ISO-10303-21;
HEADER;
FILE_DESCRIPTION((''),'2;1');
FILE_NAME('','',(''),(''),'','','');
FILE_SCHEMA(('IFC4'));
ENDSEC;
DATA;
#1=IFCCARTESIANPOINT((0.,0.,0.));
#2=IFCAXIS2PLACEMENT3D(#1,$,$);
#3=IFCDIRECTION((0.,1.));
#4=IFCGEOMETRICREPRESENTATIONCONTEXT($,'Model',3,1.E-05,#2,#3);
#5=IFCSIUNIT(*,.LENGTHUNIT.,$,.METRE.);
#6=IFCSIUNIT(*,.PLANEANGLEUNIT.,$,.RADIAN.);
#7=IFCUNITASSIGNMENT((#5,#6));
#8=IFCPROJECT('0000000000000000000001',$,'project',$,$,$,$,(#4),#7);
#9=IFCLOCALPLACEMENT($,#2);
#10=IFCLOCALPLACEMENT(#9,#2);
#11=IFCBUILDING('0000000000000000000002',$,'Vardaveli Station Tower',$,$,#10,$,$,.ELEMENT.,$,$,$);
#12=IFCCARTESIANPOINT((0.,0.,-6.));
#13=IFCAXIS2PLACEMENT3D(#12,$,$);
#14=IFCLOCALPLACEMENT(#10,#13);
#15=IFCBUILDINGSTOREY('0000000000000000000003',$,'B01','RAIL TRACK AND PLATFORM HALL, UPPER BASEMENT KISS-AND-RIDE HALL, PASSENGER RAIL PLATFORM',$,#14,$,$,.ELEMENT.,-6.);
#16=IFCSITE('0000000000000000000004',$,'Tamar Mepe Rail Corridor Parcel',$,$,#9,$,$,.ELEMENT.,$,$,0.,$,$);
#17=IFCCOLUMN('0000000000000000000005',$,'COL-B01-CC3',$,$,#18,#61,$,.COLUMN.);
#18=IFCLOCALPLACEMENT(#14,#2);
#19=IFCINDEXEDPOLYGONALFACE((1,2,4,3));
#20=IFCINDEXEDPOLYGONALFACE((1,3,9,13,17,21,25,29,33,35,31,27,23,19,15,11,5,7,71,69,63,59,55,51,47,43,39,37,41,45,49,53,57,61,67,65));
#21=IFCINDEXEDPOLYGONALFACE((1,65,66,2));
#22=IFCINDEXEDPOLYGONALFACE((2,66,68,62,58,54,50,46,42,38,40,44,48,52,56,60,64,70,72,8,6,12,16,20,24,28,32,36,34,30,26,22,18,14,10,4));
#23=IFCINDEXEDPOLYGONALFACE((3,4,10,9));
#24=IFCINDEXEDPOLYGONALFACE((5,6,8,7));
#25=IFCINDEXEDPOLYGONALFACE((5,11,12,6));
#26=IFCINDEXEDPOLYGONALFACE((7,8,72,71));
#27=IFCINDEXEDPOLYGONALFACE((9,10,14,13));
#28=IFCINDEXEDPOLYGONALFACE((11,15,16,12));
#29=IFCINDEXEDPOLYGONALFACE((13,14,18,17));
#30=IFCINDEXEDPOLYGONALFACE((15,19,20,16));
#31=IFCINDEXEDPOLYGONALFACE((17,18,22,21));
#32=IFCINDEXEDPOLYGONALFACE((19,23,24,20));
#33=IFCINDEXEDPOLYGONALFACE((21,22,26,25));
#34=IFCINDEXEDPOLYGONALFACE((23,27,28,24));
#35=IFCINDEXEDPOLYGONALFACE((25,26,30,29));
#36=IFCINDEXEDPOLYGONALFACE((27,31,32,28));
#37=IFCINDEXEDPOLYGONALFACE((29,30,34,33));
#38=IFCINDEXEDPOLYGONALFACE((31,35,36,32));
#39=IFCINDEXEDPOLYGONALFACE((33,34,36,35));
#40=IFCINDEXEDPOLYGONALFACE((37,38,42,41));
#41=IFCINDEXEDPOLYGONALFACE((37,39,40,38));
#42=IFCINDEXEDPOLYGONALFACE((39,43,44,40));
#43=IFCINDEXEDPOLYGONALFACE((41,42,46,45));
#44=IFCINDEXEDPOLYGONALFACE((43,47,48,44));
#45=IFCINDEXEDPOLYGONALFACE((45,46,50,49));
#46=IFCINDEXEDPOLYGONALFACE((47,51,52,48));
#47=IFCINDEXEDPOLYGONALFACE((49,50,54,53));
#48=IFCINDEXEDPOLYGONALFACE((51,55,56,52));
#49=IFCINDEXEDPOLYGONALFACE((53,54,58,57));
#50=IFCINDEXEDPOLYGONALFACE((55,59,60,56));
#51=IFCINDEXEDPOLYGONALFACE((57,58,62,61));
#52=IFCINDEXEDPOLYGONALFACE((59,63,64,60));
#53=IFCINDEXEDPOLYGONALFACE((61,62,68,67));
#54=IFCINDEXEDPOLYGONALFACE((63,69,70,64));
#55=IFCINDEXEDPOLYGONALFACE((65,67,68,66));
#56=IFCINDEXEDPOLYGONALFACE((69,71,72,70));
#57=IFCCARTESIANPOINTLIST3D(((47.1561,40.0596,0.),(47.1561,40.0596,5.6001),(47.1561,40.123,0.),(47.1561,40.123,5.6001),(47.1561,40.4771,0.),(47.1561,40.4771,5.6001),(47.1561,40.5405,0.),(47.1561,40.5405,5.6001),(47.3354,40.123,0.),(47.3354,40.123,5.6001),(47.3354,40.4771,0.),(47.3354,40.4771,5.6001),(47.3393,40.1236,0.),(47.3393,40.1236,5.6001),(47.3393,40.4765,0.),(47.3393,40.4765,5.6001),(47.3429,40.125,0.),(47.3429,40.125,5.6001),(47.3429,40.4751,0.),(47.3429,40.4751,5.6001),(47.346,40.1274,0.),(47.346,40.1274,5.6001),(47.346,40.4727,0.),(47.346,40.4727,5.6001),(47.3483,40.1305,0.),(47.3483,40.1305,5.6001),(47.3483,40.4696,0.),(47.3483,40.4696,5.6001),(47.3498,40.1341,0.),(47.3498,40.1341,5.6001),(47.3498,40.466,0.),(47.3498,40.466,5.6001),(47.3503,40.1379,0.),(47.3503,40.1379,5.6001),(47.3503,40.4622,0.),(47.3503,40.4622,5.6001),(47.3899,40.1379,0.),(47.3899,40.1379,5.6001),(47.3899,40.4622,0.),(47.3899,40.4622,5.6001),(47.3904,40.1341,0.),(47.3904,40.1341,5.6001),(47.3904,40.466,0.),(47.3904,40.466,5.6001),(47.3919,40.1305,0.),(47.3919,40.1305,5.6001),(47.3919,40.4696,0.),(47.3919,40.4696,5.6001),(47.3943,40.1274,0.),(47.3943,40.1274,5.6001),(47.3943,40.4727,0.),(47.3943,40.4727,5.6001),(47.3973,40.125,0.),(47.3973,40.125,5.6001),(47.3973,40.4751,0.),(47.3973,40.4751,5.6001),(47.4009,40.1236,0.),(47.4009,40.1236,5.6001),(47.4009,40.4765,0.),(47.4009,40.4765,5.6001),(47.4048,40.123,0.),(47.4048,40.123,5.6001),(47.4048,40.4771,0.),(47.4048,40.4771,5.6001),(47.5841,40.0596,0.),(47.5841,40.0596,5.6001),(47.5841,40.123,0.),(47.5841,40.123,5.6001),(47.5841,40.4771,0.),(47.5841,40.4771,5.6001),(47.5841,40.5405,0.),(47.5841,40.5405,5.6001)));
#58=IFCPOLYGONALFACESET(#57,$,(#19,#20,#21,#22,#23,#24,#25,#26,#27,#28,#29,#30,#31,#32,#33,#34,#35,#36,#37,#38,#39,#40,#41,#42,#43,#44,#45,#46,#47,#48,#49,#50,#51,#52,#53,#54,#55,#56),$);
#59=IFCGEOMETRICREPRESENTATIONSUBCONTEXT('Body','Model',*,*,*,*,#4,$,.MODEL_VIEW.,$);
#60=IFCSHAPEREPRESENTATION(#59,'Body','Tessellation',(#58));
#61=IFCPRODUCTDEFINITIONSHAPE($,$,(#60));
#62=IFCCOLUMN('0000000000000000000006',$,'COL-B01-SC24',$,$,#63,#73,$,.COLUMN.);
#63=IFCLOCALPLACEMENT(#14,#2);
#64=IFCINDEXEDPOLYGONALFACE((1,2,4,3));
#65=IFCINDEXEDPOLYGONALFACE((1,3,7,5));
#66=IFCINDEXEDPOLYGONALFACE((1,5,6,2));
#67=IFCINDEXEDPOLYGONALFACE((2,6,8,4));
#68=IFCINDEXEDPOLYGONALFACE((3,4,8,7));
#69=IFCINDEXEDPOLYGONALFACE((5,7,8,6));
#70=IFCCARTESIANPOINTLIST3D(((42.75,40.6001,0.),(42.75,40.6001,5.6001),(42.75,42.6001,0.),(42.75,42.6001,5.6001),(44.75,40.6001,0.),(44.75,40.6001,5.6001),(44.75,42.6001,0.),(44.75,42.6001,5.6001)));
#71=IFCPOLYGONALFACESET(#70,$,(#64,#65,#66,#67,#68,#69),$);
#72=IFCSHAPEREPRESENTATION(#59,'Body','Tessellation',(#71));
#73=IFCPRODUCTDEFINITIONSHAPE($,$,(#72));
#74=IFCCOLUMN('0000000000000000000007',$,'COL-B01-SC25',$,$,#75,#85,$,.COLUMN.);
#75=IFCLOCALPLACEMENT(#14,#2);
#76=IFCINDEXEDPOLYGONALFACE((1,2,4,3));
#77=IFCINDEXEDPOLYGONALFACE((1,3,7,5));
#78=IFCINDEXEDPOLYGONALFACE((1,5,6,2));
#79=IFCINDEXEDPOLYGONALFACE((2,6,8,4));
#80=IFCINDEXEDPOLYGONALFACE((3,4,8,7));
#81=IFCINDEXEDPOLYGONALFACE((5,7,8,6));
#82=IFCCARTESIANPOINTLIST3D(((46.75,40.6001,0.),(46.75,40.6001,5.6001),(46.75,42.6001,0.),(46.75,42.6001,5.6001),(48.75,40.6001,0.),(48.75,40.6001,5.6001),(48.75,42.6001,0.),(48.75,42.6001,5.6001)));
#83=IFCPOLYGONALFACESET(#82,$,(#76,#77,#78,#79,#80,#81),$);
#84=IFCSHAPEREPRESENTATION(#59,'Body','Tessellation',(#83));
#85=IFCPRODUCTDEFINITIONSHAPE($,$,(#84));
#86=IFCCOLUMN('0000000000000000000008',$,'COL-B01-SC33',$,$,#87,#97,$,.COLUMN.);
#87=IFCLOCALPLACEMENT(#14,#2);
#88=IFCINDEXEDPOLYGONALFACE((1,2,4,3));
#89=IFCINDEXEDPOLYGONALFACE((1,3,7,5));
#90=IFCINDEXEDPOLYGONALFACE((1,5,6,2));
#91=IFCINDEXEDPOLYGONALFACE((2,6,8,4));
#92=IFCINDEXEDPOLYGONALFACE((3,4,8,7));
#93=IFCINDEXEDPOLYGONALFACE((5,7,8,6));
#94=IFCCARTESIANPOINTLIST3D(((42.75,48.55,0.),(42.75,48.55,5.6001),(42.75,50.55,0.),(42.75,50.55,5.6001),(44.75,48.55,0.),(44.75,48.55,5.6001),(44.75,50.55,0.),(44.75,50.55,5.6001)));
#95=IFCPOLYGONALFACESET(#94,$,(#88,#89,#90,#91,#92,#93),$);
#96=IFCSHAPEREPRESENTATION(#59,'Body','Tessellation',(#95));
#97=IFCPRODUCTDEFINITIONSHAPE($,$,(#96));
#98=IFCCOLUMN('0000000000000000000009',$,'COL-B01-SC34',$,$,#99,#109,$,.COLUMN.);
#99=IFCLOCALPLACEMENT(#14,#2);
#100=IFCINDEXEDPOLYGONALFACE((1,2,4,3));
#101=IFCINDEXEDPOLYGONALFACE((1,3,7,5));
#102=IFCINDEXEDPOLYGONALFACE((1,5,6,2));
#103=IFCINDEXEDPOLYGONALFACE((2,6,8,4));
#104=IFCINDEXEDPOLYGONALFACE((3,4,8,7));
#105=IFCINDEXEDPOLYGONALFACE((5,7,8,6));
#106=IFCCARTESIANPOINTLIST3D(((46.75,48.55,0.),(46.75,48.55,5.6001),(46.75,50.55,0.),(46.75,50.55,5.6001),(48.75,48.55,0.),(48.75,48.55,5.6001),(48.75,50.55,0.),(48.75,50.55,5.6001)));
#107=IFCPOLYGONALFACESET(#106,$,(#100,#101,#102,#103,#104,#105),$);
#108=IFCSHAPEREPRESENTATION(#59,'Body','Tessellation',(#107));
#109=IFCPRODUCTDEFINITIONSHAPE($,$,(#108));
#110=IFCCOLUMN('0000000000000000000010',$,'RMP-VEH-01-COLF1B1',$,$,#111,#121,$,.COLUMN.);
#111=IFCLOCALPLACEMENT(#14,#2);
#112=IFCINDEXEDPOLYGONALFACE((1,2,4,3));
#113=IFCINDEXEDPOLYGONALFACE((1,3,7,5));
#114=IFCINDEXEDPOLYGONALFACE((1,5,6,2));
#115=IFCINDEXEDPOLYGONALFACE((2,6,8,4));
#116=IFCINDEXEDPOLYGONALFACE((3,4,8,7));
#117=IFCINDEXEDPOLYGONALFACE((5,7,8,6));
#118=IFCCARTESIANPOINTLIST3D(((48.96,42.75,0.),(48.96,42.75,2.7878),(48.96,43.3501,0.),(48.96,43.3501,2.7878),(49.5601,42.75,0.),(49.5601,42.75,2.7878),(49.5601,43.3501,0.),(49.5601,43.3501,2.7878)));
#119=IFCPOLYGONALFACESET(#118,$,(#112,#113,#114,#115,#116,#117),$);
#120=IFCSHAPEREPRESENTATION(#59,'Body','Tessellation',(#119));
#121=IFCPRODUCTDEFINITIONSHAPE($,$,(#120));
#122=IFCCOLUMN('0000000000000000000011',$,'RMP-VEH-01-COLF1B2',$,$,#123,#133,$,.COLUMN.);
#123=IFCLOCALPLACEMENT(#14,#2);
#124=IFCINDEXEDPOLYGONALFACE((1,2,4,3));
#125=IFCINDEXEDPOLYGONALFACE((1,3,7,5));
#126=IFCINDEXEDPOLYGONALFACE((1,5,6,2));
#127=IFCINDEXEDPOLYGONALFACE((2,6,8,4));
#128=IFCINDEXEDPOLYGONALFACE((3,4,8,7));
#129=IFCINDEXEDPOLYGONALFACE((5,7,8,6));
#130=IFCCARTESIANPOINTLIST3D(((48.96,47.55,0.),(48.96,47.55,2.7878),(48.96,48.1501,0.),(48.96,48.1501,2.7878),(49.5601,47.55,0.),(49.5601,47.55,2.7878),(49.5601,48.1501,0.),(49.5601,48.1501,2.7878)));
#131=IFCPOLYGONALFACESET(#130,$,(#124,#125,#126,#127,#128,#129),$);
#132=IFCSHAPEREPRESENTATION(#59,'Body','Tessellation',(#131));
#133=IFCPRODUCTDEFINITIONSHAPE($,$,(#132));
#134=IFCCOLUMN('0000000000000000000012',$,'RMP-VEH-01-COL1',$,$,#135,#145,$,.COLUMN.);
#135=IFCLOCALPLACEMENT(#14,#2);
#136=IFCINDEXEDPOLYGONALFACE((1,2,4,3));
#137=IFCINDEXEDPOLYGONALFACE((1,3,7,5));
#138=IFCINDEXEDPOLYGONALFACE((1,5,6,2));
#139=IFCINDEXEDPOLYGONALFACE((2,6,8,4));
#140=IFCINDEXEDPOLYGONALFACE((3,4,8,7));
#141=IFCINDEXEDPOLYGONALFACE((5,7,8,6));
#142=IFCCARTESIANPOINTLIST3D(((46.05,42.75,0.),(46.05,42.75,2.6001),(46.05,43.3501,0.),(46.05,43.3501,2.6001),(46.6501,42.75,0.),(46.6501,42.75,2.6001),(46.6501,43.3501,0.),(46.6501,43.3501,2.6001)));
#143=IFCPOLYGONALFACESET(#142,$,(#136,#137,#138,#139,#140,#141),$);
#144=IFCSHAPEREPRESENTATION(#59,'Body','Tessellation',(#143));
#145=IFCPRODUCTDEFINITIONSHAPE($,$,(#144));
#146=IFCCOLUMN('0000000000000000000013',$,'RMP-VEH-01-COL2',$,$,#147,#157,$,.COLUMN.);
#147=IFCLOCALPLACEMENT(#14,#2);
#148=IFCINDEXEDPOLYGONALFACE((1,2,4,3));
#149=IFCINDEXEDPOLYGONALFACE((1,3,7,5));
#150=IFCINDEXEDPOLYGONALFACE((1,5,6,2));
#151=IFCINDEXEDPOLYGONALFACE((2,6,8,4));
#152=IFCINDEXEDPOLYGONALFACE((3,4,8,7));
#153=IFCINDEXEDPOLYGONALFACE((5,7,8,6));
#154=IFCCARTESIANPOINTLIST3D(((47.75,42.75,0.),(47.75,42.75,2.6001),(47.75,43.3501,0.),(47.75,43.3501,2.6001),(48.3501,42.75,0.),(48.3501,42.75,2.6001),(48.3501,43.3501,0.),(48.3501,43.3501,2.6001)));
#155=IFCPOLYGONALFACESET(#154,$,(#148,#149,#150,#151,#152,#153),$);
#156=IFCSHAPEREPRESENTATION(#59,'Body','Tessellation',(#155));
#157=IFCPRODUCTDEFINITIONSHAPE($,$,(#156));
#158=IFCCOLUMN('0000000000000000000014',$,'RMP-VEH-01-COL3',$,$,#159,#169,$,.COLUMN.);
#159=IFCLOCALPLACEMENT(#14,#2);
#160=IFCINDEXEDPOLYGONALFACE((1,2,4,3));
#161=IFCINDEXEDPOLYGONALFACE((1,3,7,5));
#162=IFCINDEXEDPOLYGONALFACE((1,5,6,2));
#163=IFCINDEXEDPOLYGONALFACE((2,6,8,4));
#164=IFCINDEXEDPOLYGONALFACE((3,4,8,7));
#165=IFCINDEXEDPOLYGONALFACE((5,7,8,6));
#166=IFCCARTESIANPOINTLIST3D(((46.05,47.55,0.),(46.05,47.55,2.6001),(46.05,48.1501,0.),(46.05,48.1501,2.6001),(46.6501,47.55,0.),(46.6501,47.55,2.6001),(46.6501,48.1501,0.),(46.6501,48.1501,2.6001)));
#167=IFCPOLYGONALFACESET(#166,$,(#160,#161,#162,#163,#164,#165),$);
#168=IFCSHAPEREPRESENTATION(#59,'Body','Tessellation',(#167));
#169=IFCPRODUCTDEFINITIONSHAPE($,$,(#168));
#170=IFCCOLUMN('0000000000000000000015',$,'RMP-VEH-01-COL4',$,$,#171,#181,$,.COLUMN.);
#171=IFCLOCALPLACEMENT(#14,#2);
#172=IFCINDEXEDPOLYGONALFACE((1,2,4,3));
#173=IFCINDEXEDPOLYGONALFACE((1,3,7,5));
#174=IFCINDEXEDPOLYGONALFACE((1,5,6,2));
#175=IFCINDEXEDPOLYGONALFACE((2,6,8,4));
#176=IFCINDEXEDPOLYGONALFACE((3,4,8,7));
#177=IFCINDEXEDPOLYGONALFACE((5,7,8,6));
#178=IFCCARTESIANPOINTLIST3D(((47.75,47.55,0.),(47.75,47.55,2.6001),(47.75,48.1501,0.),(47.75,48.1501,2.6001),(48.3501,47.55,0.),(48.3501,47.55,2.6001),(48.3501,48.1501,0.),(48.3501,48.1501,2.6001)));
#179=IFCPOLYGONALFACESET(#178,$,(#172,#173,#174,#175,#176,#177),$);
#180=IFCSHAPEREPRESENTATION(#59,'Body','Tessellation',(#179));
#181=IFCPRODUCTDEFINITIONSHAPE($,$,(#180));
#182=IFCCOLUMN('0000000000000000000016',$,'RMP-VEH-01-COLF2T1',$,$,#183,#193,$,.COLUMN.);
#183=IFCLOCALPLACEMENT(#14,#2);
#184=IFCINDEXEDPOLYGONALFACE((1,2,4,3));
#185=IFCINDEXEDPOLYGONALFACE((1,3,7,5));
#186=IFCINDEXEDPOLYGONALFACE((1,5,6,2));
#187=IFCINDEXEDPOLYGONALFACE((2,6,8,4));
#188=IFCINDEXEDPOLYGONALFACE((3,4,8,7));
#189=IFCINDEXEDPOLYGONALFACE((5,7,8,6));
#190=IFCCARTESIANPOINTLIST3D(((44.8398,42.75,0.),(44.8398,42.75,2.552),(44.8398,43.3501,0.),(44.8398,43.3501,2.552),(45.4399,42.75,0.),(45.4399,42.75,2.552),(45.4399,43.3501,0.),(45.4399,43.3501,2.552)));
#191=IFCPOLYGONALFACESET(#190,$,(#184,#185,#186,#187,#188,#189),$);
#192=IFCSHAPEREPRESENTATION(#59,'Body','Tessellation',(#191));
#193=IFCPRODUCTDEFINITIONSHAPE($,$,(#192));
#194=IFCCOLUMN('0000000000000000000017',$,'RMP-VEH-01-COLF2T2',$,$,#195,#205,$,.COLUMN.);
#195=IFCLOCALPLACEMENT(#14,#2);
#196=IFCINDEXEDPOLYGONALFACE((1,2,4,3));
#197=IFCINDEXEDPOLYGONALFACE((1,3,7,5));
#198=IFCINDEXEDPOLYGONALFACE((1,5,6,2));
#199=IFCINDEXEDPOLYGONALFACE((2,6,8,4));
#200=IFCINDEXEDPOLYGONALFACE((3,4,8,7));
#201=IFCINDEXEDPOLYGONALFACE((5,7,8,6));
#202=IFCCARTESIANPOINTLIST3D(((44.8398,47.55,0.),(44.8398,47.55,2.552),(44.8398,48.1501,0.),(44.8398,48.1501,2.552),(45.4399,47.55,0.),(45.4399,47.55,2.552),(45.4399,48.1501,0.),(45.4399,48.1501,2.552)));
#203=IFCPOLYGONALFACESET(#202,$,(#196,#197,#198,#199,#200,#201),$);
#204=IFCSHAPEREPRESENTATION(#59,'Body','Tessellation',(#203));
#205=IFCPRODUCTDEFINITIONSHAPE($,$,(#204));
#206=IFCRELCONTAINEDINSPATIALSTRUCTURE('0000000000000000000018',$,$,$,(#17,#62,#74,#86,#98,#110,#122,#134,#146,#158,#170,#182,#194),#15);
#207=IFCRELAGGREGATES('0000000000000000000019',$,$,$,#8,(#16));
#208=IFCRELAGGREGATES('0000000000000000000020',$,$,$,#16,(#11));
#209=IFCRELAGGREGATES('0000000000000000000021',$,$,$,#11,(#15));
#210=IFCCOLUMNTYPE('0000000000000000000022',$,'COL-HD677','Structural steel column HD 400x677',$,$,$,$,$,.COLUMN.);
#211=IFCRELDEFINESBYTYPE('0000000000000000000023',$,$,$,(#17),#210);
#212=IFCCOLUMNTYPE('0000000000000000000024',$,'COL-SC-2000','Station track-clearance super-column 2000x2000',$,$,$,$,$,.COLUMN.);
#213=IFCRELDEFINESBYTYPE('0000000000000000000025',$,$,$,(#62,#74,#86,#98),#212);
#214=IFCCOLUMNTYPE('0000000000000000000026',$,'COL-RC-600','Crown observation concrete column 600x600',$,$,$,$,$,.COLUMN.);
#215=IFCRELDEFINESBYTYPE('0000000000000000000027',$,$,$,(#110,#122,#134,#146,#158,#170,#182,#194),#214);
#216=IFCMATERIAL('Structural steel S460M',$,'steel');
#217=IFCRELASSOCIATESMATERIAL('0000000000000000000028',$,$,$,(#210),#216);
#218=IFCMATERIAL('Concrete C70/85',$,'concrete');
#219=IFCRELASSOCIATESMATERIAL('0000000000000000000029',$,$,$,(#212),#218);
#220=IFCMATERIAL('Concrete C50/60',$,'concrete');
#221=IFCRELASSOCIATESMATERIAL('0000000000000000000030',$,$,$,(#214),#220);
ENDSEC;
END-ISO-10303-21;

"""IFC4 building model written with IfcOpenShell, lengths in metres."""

from ifc_helpers import new_model, si_unit, direction, frame, origin, origin_2d, place, context, subcontext, project, spatial, rectangle, i_section, extrude, source, transform, mapped, material, material_profile, profile_set, type_object, element, save


model = new_model("IFC4")

# Units and contexts
model_context = context("Model", 3, precision=1e-05, world=origin(), true_north=direction((0.0, 1.0)))
body_context = subcontext(model_context, "Body", "Model", "MODEL_VIEW")
ifc_project = project(units=[si_unit("LENGTHUNIT", "METRE"), si_unit("PLANEANGLEUNIT", "RADIAN")], contexts=[model_context])

# Site, building, storey
site_placement = place(None, origin())
site = spatial("IfcSite", under=ifc_project, at=site_placement, Name="Tamar Mepe Rail Corridor Parcel", CompositionType="ELEMENT", RefElevation=0.0)
building_placement = place(site_placement, origin())
building = spatial("IfcBuilding", under=site, at=building_placement, Name="Vardaveli Station Tower", CompositionType="ELEMENT")
storey_placement = place(building_placement, frame((0.0, 0.0, -6.0)))
storey = spatial("IfcBuildingStorey", under=building, at=storey_placement, Name="B01", Description="RAIL TRACK AND PLATFORM HALL, UPPER BASEMENT KISS-AND-RIDE HALL, PASSENGER RAIL PLATFORM", CompositionType="ELEMENT", Elevation=-6.0)

# Columns
ifc_material_1 = material(Name="Structural steel S460M", Category="steel")
ifc_material_profile_1 = material_profile(ifc_material_1, i_section(OverallWidth=0.428, OverallDepth=0.481, WebThickness=0.0396, FlangeThickness=0.0635, FilletRadius=0.0149, at=origin_2d()), Name="HD 400x677")
ifc_profile_set_1 = profile_set([ifc_material_profile_1], Name="Structural steel S460M")
column_type_1 = type_object("IfcColumnType", Name="COL-HD677", Description="Structural steel column HD 400x677", PredefinedType="COLUMN", material=ifc_profile_set_1)
shared_shape_1 = source(origin(), body_context, "Body", "SweptSolid", [
    extrude(i_section(OverallWidth=0.428, OverallDepth=0.481, WebThickness=0.0396, FlangeThickness=0.0635, FilletRadius=0.0149, at=origin_2d()), origin(), (0.0, 0.0, 1.0), 5.6001),
])
column_placement = place(storey_placement, frame((47.3701, 40.3, 0.0), z_axis=(0.0, 0.0, 1.0), x_axis=(1.0, 0.0, 0.0)))
element("IfcColumn", 1, at=column_placement, inside=storey, type_object=column_type_1, Name="COL-B01-CC3", PredefinedType="COLUMN", context=body_context, shape_type="MappedRepresentation", body=[
    mapped(shared_shape_1, transform((0.0, 0.0, 0.0), scale=1.0)),
])
ifc_material_2 = material(Name="Concrete C70/85", Category="concrete")
ifc_material_profile_2 = material_profile(ifc_material_2, rectangle(XDim=2.0, YDim=2.0, at=origin_2d()), Name="SC 2000x2000")
ifc_profile_set_2 = profile_set([ifc_material_profile_2], Name="Concrete C70/85")
column_type_2 = type_object("IfcColumnType", Name="COL-SC-2000", Description="Station track-clearance super-column 2000x2000", PredefinedType="COLUMN", material=ifc_profile_set_2)
shared_shape_2 = source(origin(), body_context, "Body", "SweptSolid", [
    extrude(rectangle(XDim=2.0, YDim=2.0, at=origin_2d()), origin(), (0.0, 0.0, 1.0), 5.6001),
])
for number, where, z_axis, x_axis, name in (
    (2, (43.75, 41.6001, 0.0), (0.0, 0.0, 1.0), (1.0, 0.0, 0.0), "COL-B01-SC24"),
    (3, (47.75, 41.6001, 0.0), (0.0, 0.0, 1.0), (1.0, 0.0, 0.0), "COL-B01-SC25"),
    (4, (43.75, 49.55, 0.0), (0.0, 0.0, 1.0), (1.0, 0.0, 0.0), "COL-B01-SC33"),
    (5, (47.75, 49.55, 0.0), (0.0, 0.0, 1.0), (1.0, 0.0, 0.0), "COL-B01-SC34"),
):
    element("IfcColumn", number, at=place(storey_placement, frame(where, z_axis=z_axis, x_axis=x_axis)), inside=storey, type_object=column_type_2, Name=name, PredefinedType="COLUMN", context=body_context, shape_type="MappedRepresentation", body=[
        mapped(shared_shape_2, transform((0.0, 0.0, 0.0), scale=1.0)),
    ])
ifc_material_3 = material(Name="Concrete C50/60", Category="concrete")
ifc_material_profile_3 = material_profile(ifc_material_3, rectangle(XDim=0.6001, YDim=0.6001, at=origin_2d()), Name="RC 600x600")
ifc_profile_set_3 = profile_set([ifc_material_profile_3], Name="Concrete C50/60")
column_type_3 = type_object("IfcColumnType", Name="COL-RC-600", Description="Crown observation concrete column 600x600", PredefinedType="COLUMN", material=ifc_profile_set_3)
shared_shape_3 = source(origin(), body_context, "Body", "SweptSolid", [
    extrude(rectangle(XDim=0.6001, YDim=0.6001, at=origin_2d()), origin(), (0.0, 0.0, 1.0), 2.7878),
])
for number, where, z_axis, x_axis, name in (
    (6, (49.26, 43.05, 0.0), (0.0, 0.0, 1.0), (1.0, 0.0, 0.0), "RMP-VEH-01-COLF1B1"),
    (7, (49.26, 47.8501, 0.0), (0.0, 0.0, 1.0), (1.0, 0.0, 0.0), "RMP-VEH-01-COLF1B2"),
):
    element("IfcColumn", number, at=place(storey_placement, frame(where, z_axis=z_axis, x_axis=x_axis)), inside=storey, type_object=column_type_3, Name=name, PredefinedType="COLUMN", context=body_context, shape_type="MappedRepresentation", body=[
        mapped(shared_shape_3, transform((0.0, 0.0, 0.0), scale=1.0)),
    ])
shared_shape_4 = source(origin(), body_context, "Body", "SweptSolid", [
    extrude(rectangle(XDim=0.6001, YDim=0.6001, at=origin_2d()), origin(), (0.0, 0.0, 1.0), 2.6001),
])
for number, where, z_axis, x_axis, name in (
    (8, (46.3501, 43.05, 0.0), (0.0, 0.0, 1.0), (1.0, 0.0, 0.0), "RMP-VEH-01-COL1"),
    (9, (48.05, 43.05, 0.0), (0.0, 0.0, 1.0), (1.0, 0.0, 0.0), "RMP-VEH-01-COL2"),
    (10, (46.3501, 47.8501, 0.0), (0.0, 0.0, 1.0), (1.0, 0.0, 0.0), "RMP-VEH-01-COL3"),
    (11, (48.05, 47.8501, 0.0), (0.0, 0.0, 1.0), (1.0, 0.0, 0.0), "RMP-VEH-01-COL4"),
):
    element("IfcColumn", number, at=place(storey_placement, frame(where, z_axis=z_axis, x_axis=x_axis)), inside=storey, type_object=column_type_3, Name=name, PredefinedType="COLUMN", context=body_context, shape_type="MappedRepresentation", body=[
        mapped(shared_shape_4, transform((0.0, 0.0, 0.0), scale=1.0)),
    ])
shared_shape_5 = source(origin(), body_context, "Body", "SweptSolid", [
    extrude(rectangle(XDim=0.6001, YDim=0.6001, at=origin_2d()), origin(), (0.0, 0.0, 1.0), 2.552),
])
for number, where, z_axis, x_axis, name in (
    (12, (45.1399, 43.05, 0.0), (0.0, 0.0, 1.0), (1.0, 0.0, 0.0), "RMP-VEH-01-COLF2T1"),
    (13, (45.1399, 47.8501, 0.0), (0.0, 0.0, 1.0), (1.0, 0.0, 0.0), "RMP-VEH-01-COLF2T2"),
):
    element("IfcColumn", number, at=place(storey_placement, frame(where, z_axis=z_axis, x_axis=x_axis)), inside=storey, type_object=column_type_3, Name=name, PredefinedType="COLUMN", context=body_context, shape_type="MappedRepresentation", body=[
        mapped(shared_shape_5, transform((0.0, 0.0, 0.0), scale=1.0)),
    ])

save(model, "model.ifc")
